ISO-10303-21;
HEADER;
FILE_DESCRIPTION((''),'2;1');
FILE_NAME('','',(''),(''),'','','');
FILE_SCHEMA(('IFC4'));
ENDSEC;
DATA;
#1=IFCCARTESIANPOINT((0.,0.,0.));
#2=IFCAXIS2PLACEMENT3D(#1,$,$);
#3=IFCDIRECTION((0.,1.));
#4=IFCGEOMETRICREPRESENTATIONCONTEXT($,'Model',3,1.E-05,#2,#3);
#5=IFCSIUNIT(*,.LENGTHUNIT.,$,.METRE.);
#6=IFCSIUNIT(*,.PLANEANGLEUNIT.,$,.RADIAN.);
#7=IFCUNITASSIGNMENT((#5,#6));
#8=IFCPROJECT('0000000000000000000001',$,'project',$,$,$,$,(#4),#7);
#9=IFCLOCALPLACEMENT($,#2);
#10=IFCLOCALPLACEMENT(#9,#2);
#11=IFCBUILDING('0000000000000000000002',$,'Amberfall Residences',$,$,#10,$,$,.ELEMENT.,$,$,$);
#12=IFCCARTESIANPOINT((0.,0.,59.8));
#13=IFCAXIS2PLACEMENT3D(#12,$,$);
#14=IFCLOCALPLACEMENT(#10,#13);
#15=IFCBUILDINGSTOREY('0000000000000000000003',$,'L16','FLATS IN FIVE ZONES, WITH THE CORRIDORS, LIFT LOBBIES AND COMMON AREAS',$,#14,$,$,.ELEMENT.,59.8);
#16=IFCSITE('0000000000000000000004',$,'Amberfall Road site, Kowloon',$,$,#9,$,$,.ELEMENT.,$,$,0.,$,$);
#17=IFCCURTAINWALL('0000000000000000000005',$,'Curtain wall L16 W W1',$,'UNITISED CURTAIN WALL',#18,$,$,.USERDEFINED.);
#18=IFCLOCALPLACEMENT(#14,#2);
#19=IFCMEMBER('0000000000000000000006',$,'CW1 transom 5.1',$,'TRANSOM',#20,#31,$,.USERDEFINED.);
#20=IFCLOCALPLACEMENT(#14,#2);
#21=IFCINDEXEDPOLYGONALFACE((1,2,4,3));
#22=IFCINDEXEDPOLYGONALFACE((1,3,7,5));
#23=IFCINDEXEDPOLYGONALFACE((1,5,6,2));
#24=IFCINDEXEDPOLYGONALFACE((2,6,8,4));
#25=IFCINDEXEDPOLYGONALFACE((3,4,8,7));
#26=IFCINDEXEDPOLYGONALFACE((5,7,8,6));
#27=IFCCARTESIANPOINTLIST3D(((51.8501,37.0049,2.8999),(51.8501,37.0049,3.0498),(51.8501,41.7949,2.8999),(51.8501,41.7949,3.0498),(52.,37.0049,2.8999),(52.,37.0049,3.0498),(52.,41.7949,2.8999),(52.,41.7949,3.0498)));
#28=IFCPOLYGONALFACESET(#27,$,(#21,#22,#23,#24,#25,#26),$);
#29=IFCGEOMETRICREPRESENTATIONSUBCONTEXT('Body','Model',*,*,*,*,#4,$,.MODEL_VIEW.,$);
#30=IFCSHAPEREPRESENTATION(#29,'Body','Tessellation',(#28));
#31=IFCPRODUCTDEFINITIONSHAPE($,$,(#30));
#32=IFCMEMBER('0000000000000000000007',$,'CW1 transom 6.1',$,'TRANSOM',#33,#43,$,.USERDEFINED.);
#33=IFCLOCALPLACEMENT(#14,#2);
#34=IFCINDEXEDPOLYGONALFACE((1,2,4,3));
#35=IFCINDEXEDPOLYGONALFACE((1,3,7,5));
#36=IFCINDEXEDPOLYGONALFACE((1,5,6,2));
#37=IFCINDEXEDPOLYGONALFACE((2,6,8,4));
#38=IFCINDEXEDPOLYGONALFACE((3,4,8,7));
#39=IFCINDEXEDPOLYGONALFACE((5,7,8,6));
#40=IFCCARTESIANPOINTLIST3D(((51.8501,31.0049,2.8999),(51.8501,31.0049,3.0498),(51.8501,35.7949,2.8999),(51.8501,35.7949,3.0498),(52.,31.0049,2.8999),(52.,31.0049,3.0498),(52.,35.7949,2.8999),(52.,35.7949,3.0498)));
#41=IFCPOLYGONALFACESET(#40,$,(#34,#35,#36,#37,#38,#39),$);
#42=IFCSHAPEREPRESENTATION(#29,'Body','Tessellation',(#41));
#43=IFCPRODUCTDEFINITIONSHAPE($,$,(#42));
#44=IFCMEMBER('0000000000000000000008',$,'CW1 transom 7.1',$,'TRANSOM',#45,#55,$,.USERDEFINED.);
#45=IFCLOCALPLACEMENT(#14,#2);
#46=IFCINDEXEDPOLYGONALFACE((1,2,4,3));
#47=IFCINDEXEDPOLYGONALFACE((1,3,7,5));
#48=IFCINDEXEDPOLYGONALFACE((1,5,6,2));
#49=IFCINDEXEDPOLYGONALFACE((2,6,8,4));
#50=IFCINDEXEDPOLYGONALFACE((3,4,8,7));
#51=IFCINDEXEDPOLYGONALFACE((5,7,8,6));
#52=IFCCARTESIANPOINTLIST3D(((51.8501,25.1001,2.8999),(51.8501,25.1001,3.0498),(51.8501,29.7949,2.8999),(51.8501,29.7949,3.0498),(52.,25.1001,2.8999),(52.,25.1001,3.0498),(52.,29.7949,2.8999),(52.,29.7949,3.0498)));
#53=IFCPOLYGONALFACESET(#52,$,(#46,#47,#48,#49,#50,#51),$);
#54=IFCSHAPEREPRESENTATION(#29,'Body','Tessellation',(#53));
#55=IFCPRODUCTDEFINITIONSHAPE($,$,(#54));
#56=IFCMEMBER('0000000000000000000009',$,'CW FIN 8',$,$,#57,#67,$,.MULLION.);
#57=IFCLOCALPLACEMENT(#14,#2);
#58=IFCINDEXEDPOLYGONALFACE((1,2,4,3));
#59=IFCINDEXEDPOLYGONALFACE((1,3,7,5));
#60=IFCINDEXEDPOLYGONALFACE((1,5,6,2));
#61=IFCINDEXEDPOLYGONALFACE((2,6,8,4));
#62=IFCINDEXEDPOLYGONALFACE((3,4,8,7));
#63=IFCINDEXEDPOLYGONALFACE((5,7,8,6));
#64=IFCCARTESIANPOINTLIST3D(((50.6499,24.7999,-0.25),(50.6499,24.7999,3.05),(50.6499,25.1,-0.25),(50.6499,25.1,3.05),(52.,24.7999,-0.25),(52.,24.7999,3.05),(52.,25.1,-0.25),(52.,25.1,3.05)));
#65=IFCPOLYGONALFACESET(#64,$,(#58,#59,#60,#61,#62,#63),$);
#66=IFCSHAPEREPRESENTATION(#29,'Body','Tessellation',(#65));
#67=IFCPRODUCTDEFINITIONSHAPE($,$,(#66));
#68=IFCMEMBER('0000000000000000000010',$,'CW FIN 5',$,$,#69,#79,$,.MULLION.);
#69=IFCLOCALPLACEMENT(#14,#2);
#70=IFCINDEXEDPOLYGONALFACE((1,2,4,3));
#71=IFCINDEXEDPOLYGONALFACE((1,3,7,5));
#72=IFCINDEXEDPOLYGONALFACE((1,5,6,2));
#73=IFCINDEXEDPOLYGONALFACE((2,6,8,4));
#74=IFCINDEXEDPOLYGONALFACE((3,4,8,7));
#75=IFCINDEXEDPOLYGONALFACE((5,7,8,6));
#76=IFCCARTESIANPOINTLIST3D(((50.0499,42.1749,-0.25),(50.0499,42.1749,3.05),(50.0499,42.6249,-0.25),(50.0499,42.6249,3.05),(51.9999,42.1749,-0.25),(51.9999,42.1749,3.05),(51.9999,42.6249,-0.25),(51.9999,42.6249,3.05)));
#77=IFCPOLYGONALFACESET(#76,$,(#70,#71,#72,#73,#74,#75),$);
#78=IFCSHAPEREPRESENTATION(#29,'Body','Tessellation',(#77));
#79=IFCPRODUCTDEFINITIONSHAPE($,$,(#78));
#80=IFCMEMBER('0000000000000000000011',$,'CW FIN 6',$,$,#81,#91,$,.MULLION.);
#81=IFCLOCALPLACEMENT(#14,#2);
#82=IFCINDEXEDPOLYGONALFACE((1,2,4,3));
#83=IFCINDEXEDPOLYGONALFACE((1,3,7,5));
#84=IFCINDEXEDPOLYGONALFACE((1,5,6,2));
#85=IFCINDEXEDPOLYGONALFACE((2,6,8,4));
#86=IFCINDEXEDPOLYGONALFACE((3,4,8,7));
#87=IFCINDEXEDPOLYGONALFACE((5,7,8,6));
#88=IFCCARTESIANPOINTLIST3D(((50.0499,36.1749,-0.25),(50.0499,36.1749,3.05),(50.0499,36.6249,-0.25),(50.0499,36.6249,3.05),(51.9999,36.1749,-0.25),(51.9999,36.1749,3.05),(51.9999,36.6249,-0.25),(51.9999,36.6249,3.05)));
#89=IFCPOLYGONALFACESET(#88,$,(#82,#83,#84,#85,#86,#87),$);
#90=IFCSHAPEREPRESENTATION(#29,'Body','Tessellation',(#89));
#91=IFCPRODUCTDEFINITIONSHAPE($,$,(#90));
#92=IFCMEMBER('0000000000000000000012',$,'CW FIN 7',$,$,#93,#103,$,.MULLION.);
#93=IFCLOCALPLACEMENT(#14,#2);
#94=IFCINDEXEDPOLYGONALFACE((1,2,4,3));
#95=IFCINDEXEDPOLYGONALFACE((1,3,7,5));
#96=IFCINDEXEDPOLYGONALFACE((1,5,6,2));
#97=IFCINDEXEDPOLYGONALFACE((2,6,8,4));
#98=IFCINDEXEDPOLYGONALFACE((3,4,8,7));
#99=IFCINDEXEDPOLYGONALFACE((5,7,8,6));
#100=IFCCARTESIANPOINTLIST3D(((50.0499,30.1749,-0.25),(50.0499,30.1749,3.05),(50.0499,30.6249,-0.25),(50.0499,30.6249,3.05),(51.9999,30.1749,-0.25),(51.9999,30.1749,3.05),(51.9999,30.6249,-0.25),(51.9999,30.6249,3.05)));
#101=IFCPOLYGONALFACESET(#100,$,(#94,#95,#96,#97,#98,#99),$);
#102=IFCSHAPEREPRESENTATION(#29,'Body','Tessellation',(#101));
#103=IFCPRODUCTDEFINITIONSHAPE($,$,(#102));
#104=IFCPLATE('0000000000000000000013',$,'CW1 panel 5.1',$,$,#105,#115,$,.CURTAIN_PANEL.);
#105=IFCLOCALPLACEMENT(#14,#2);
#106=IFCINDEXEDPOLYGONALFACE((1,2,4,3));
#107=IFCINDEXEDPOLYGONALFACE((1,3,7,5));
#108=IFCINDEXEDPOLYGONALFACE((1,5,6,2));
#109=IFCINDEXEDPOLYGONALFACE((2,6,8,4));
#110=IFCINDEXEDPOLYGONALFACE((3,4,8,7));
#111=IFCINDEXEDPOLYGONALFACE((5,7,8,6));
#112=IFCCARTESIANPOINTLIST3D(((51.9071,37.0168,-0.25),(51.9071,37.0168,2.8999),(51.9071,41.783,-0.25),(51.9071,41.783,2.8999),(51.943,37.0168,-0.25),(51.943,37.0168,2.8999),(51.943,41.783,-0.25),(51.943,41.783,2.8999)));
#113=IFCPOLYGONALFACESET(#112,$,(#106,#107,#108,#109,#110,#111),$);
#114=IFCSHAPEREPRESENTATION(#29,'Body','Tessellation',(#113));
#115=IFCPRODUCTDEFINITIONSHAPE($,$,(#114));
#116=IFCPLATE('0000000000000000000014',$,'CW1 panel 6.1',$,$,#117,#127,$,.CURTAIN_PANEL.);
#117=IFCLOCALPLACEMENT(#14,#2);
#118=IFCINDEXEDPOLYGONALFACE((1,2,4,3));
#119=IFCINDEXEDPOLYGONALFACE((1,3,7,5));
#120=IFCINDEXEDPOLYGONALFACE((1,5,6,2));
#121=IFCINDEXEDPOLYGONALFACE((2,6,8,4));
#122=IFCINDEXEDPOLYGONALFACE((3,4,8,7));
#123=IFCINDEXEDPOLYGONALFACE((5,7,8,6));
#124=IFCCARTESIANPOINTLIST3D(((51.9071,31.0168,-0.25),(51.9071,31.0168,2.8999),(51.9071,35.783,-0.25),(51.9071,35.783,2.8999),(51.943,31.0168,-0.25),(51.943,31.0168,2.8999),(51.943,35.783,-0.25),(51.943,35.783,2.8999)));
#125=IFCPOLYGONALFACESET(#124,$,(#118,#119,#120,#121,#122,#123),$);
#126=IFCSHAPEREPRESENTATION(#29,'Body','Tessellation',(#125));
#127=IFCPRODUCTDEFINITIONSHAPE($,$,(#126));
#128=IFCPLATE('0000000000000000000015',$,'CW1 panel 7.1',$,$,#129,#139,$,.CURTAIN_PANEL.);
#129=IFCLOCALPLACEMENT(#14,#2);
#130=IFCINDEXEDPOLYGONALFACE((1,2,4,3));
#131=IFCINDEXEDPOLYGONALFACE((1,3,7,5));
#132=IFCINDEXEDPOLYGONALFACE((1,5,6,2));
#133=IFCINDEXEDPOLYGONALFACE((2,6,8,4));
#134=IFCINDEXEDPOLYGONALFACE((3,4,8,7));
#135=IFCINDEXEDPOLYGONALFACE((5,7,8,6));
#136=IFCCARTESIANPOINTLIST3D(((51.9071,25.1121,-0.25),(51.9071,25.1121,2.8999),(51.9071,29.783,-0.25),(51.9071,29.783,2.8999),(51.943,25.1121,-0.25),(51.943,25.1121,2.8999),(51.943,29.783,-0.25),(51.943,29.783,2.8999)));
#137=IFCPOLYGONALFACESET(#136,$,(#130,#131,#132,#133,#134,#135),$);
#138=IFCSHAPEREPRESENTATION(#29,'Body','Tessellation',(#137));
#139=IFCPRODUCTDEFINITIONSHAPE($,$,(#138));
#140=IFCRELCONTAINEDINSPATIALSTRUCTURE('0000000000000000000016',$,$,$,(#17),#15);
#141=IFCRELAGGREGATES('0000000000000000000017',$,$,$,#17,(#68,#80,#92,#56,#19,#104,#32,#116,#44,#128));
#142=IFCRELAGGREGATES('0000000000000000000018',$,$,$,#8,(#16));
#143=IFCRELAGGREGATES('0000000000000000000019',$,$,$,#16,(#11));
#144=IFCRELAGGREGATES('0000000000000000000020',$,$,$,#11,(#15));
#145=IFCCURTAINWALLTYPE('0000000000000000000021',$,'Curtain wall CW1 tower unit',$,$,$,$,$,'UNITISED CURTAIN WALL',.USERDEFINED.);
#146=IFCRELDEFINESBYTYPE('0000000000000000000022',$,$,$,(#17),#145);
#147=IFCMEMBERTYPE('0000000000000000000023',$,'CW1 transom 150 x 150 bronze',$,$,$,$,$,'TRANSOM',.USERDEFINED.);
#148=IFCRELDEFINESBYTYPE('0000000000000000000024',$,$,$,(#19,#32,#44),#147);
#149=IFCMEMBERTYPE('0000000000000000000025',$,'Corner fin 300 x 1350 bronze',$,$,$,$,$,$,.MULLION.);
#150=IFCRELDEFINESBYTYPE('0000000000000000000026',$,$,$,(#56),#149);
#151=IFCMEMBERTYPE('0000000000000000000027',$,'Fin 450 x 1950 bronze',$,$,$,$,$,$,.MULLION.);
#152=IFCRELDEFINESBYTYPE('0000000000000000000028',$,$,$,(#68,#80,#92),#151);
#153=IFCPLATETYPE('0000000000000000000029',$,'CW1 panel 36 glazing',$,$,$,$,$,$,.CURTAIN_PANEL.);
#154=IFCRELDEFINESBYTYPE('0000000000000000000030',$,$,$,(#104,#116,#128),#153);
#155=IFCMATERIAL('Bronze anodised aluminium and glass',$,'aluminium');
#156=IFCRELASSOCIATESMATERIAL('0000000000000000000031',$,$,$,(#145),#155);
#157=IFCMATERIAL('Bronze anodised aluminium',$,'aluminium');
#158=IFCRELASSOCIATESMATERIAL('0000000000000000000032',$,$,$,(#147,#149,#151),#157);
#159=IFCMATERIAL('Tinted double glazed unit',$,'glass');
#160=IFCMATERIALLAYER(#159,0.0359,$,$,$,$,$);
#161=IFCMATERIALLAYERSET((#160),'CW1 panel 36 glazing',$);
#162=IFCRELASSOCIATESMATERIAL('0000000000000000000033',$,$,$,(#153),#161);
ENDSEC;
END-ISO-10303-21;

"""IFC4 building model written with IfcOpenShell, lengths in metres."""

from ifc_helpers import new_model, si_unit, direction, frame, origin, origin_2d, place, context, subcontext, project, spatial, rectangle, extrude, material, layer, layer_set, material_profile, profile_set, type_object, element, aggregate, save


model = new_model("IFC4")

# Units and contexts
model_context = context("Model", 3, precision=1e-05, world=origin(), true_north=direction((0.0, 1.0)))
body_context = subcontext(model_context, "Body", "Model", "MODEL_VIEW")
ifc_project = project(units=[si_unit("LENGTHUNIT", "METRE"), si_unit("PLANEANGLEUNIT", "RADIAN")], contexts=[model_context])

# Site, building, storey
site_placement = place(None, origin())
site = spatial("IfcSite", under=ifc_project, at=site_placement, Name="Amberfall Road site, Kowloon", CompositionType="ELEMENT", RefElevation=0.0)
building_placement = place(site_placement, origin())
building = spatial("IfcBuilding", under=site, at=building_placement, Name="Amberfall Residences", CompositionType="ELEMENT")
storey_placement = place(building_placement, frame((0.0, 0.0, 59.8)))
storey = spatial("IfcBuildingStorey", under=building, at=storey_placement, Name="L16", Description="FLATS IN FIVE ZONES, WITH THE CORRIDORS, LIFT LOBBIES AND COMMON AREAS", CompositionType="ELEMENT", Elevation=59.8)

# Curtain wall, members, plates
ifc_material_1 = material(Name="Bronze anodised aluminium and glass", Category="aluminium")
curtain_wall_type = type_object("IfcCurtainWallType", Name="Curtain wall CW1 tower unit", ElementType="UNITISED CURTAIN WALL", PredefinedType="USERDEFINED", material=ifc_material_1)
curtain_wall_placement = place(storey_placement, origin())
curtain_wall = element("IfcCurtainWall", 1, at=curtain_wall_placement, inside=storey, type_object=curtain_wall_type, Name="Curtain wall L16 W W1", ObjectType="UNITISED CURTAIN WALL", PredefinedType="USERDEFINED")
ifc_material_2 = material(Name="Bronze anodised aluminium", Category="aluminium")
ifc_material_profile_1 = material_profile(ifc_material_2, rectangle(XDim=0.1499, YDim=0.1499, at=origin_2d()), Name="CW1 transom 150 x 150 bronze")
ifc_profile_set_1 = profile_set([ifc_material_profile_1], Name="Bronze anodised aluminium")
member_type_1 = type_object("IfcMemberType", Name="CW1 transom 150 x 150 bronze", ElementType="TRANSOM", PredefinedType="USERDEFINED", material=ifc_profile_set_1)
member_1_placement = place(storey_placement, frame((51.925, 41.7949, 2.9749), z_axis=(0.0, -1.0, 0.0), x_axis=(1.0, 0.0, 0.0)))
member_1 = element("IfcMember", 2, at=member_1_placement, type_object=member_type_1, Name="CW1 transom 5.1", ObjectType="TRANSOM", PredefinedType="USERDEFINED", context=body_context, shape_type="SweptSolid", body=[
    extrude(rectangle(XDim=0.1499, YDim=0.1499, at=origin_2d()), origin(), (0.0, 0.0, 1.0), 4.79),
])
member_2_placement = place(storey_placement, frame((51.925, 35.7949, 2.9749), z_axis=(0.0, -1.0, 0.0), x_axis=(1.0, 0.0, 0.0)))
member_2 = element("IfcMember", 3, at=member_2_placement, type_object=member_type_1, Name="CW1 transom 6.1", ObjectType="TRANSOM", PredefinedType="USERDEFINED", context=body_context, shape_type="SweptSolid", body=[
    extrude(rectangle(XDim=0.1499, YDim=0.1499, at=origin_2d()), origin(), (0.0, 0.0, 1.0), 4.79),
])
member_3_placement = place(storey_placement, frame((51.925, 29.7949, 2.9749), z_axis=(0.0, -1.0, 0.0), x_axis=(1.0, 0.0, 0.0)))
member_3 = element("IfcMember", 4, at=member_3_placement, type_object=member_type_1, Name="CW1 transom 7.1", ObjectType="TRANSOM", PredefinedType="USERDEFINED", context=body_context, shape_type="SweptSolid", body=[
    extrude(rectangle(XDim=0.1499, YDim=0.1499, at=origin_2d()), origin(), (0.0, 0.0, 1.0), 4.6948),
])
ifc_material_profile_2 = material_profile(ifc_material_2, rectangle(XDim=1.3501, YDim=0.3, at=origin_2d()), Name="Corner fin 300 x 1350 bronze")
ifc_profile_set_2 = profile_set([ifc_material_profile_2], Name="Bronze anodised aluminium")
member_type_2 = type_object("IfcMemberType", Name="Corner fin 300 x 1350 bronze", PredefinedType="MULLION", material=ifc_profile_set_2)
member_4_placement = place(storey_placement, frame((51.325, 24.95, -0.25), z_axis=(0.0, 0.0, 1.0), x_axis=(1.0, 0.0, 0.0)))
member_4 = element("IfcMember", 5, at=member_4_placement, type_object=member_type_2, Name="CW FIN 8", PredefinedType="MULLION", context=body_context, shape_type="SweptSolid", body=[
    extrude(rectangle(XDim=1.3501, YDim=0.3, at=origin_2d()), origin(), (0.0, 0.0, 1.0), 3.3),
])
ifc_material_profile_3 = material_profile(ifc_material_2, rectangle(XDim=1.95, YDim=0.45, at=origin_2d()), Name="Fin 450 x 1950 bronze")
ifc_profile_set_3 = profile_set([ifc_material_profile_3], Name="Bronze anodised aluminium")
member_type_3 = type_object("IfcMemberType", Name="Fin 450 x 1950 bronze", PredefinedType="MULLION", material=ifc_profile_set_3)
member_5_placement = place(storey_placement, frame((51.0249, 42.3999, -0.25), z_axis=(0.0, 0.0, 1.0), x_axis=(1.0, 0.0, 0.0)))
member_5 = element("IfcMember", 6, at=member_5_placement, type_object=member_type_3, Name="CW FIN 5", PredefinedType="MULLION", context=body_context, shape_type="SweptSolid", body=[
    extrude(rectangle(XDim=1.95, YDim=0.45, at=origin_2d()), origin(), (0.0, 0.0, 1.0), 3.3),
])
member_6_placement = place(storey_placement, frame((51.0249, 36.3999, -0.25), z_axis=(0.0, 0.0, 1.0), x_axis=(1.0, 0.0, 0.0)))
member_6 = element("IfcMember", 7, at=member_6_placement, type_object=member_type_3, Name="CW FIN 6", PredefinedType="MULLION", context=body_context, shape_type="SweptSolid", body=[
    extrude(rectangle(XDim=1.95, YDim=0.45, at=origin_2d()), origin(), (0.0, 0.0, 1.0), 3.3),
])
member_7_placement = place(storey_placement, frame((51.0249, 30.3999, -0.25), z_axis=(0.0, 0.0, 1.0), x_axis=(1.0, 0.0, 0.0)))
member_7 = element("IfcMember", 8, at=member_7_placement, type_object=member_type_3, Name="CW FIN 7", PredefinedType="MULLION", context=body_context, shape_type="SweptSolid", body=[
    extrude(rectangle(XDim=1.95, YDim=0.45, at=origin_2d()), origin(), (0.0, 0.0, 1.0), 3.3),
])
ifc_material_3 = material(Name="Tinted double glazed unit", Category="glass")
ifc_layer_1 = layer(ifc_material_3, 0.0359)
ifc_layer_set_1 = layer_set([ifc_layer_1], Name="CW1 panel 36 glazing")
plate_type = type_object("IfcPlateType", Name="CW1 panel 36 glazing", PredefinedType="CURTAIN_PANEL", material=ifc_layer_set_1)
plate_1_placement = place(storey_placement, frame((51.925, 39.3999, -0.25), z_axis=(0.0, 0.0, 1.0), x_axis=(0.0, -1.0, 0.0)))
plate_1 = element("IfcPlate", 9, at=plate_1_placement, type_object=plate_type, Name="CW1 panel 5.1", PredefinedType="CURTAIN_PANEL", context=body_context, shape_type="SweptSolid", body=[
    extrude(rectangle(XDim=4.7661, YDim=0.0359, at=origin_2d()), origin(), (0.0, 0.0, 1.0), 3.1499),
])
plate_2_placement = place(storey_placement, frame((51.925, 33.3999, -0.25), z_axis=(0.0, 0.0, 1.0), x_axis=(0.0, -1.0, 0.0)))
plate_2 = element("IfcPlate", 10, at=plate_2_placement, type_object=plate_type, Name="CW1 panel 6.1", PredefinedType="CURTAIN_PANEL", context=body_context, shape_type="SweptSolid", body=[
    extrude(rectangle(XDim=4.7661, YDim=0.0359, at=origin_2d()), origin(), (0.0, 0.0, 1.0), 3.1499),
])
plate_3_placement = place(storey_placement, frame((51.925, 27.4475, -0.25), z_axis=(0.0, 0.0, 1.0), x_axis=(0.0, -1.0, 0.0)))
plate_3 = element("IfcPlate", 11, at=plate_3_placement, type_object=plate_type, Name="CW1 panel 7.1", PredefinedType="CURTAIN_PANEL", context=body_context, shape_type="SweptSolid", body=[
    extrude(rectangle(XDim=4.6709, YDim=0.0359, at=origin_2d()), origin(), (0.0, 0.0, 1.0), 3.1499),
])
aggregate(curtain_wall, [member_5, member_6, member_7, member_4, member_1, plate_1, member_2, plate_2, member_3, plate_3])

save(model, "model.ifc")
